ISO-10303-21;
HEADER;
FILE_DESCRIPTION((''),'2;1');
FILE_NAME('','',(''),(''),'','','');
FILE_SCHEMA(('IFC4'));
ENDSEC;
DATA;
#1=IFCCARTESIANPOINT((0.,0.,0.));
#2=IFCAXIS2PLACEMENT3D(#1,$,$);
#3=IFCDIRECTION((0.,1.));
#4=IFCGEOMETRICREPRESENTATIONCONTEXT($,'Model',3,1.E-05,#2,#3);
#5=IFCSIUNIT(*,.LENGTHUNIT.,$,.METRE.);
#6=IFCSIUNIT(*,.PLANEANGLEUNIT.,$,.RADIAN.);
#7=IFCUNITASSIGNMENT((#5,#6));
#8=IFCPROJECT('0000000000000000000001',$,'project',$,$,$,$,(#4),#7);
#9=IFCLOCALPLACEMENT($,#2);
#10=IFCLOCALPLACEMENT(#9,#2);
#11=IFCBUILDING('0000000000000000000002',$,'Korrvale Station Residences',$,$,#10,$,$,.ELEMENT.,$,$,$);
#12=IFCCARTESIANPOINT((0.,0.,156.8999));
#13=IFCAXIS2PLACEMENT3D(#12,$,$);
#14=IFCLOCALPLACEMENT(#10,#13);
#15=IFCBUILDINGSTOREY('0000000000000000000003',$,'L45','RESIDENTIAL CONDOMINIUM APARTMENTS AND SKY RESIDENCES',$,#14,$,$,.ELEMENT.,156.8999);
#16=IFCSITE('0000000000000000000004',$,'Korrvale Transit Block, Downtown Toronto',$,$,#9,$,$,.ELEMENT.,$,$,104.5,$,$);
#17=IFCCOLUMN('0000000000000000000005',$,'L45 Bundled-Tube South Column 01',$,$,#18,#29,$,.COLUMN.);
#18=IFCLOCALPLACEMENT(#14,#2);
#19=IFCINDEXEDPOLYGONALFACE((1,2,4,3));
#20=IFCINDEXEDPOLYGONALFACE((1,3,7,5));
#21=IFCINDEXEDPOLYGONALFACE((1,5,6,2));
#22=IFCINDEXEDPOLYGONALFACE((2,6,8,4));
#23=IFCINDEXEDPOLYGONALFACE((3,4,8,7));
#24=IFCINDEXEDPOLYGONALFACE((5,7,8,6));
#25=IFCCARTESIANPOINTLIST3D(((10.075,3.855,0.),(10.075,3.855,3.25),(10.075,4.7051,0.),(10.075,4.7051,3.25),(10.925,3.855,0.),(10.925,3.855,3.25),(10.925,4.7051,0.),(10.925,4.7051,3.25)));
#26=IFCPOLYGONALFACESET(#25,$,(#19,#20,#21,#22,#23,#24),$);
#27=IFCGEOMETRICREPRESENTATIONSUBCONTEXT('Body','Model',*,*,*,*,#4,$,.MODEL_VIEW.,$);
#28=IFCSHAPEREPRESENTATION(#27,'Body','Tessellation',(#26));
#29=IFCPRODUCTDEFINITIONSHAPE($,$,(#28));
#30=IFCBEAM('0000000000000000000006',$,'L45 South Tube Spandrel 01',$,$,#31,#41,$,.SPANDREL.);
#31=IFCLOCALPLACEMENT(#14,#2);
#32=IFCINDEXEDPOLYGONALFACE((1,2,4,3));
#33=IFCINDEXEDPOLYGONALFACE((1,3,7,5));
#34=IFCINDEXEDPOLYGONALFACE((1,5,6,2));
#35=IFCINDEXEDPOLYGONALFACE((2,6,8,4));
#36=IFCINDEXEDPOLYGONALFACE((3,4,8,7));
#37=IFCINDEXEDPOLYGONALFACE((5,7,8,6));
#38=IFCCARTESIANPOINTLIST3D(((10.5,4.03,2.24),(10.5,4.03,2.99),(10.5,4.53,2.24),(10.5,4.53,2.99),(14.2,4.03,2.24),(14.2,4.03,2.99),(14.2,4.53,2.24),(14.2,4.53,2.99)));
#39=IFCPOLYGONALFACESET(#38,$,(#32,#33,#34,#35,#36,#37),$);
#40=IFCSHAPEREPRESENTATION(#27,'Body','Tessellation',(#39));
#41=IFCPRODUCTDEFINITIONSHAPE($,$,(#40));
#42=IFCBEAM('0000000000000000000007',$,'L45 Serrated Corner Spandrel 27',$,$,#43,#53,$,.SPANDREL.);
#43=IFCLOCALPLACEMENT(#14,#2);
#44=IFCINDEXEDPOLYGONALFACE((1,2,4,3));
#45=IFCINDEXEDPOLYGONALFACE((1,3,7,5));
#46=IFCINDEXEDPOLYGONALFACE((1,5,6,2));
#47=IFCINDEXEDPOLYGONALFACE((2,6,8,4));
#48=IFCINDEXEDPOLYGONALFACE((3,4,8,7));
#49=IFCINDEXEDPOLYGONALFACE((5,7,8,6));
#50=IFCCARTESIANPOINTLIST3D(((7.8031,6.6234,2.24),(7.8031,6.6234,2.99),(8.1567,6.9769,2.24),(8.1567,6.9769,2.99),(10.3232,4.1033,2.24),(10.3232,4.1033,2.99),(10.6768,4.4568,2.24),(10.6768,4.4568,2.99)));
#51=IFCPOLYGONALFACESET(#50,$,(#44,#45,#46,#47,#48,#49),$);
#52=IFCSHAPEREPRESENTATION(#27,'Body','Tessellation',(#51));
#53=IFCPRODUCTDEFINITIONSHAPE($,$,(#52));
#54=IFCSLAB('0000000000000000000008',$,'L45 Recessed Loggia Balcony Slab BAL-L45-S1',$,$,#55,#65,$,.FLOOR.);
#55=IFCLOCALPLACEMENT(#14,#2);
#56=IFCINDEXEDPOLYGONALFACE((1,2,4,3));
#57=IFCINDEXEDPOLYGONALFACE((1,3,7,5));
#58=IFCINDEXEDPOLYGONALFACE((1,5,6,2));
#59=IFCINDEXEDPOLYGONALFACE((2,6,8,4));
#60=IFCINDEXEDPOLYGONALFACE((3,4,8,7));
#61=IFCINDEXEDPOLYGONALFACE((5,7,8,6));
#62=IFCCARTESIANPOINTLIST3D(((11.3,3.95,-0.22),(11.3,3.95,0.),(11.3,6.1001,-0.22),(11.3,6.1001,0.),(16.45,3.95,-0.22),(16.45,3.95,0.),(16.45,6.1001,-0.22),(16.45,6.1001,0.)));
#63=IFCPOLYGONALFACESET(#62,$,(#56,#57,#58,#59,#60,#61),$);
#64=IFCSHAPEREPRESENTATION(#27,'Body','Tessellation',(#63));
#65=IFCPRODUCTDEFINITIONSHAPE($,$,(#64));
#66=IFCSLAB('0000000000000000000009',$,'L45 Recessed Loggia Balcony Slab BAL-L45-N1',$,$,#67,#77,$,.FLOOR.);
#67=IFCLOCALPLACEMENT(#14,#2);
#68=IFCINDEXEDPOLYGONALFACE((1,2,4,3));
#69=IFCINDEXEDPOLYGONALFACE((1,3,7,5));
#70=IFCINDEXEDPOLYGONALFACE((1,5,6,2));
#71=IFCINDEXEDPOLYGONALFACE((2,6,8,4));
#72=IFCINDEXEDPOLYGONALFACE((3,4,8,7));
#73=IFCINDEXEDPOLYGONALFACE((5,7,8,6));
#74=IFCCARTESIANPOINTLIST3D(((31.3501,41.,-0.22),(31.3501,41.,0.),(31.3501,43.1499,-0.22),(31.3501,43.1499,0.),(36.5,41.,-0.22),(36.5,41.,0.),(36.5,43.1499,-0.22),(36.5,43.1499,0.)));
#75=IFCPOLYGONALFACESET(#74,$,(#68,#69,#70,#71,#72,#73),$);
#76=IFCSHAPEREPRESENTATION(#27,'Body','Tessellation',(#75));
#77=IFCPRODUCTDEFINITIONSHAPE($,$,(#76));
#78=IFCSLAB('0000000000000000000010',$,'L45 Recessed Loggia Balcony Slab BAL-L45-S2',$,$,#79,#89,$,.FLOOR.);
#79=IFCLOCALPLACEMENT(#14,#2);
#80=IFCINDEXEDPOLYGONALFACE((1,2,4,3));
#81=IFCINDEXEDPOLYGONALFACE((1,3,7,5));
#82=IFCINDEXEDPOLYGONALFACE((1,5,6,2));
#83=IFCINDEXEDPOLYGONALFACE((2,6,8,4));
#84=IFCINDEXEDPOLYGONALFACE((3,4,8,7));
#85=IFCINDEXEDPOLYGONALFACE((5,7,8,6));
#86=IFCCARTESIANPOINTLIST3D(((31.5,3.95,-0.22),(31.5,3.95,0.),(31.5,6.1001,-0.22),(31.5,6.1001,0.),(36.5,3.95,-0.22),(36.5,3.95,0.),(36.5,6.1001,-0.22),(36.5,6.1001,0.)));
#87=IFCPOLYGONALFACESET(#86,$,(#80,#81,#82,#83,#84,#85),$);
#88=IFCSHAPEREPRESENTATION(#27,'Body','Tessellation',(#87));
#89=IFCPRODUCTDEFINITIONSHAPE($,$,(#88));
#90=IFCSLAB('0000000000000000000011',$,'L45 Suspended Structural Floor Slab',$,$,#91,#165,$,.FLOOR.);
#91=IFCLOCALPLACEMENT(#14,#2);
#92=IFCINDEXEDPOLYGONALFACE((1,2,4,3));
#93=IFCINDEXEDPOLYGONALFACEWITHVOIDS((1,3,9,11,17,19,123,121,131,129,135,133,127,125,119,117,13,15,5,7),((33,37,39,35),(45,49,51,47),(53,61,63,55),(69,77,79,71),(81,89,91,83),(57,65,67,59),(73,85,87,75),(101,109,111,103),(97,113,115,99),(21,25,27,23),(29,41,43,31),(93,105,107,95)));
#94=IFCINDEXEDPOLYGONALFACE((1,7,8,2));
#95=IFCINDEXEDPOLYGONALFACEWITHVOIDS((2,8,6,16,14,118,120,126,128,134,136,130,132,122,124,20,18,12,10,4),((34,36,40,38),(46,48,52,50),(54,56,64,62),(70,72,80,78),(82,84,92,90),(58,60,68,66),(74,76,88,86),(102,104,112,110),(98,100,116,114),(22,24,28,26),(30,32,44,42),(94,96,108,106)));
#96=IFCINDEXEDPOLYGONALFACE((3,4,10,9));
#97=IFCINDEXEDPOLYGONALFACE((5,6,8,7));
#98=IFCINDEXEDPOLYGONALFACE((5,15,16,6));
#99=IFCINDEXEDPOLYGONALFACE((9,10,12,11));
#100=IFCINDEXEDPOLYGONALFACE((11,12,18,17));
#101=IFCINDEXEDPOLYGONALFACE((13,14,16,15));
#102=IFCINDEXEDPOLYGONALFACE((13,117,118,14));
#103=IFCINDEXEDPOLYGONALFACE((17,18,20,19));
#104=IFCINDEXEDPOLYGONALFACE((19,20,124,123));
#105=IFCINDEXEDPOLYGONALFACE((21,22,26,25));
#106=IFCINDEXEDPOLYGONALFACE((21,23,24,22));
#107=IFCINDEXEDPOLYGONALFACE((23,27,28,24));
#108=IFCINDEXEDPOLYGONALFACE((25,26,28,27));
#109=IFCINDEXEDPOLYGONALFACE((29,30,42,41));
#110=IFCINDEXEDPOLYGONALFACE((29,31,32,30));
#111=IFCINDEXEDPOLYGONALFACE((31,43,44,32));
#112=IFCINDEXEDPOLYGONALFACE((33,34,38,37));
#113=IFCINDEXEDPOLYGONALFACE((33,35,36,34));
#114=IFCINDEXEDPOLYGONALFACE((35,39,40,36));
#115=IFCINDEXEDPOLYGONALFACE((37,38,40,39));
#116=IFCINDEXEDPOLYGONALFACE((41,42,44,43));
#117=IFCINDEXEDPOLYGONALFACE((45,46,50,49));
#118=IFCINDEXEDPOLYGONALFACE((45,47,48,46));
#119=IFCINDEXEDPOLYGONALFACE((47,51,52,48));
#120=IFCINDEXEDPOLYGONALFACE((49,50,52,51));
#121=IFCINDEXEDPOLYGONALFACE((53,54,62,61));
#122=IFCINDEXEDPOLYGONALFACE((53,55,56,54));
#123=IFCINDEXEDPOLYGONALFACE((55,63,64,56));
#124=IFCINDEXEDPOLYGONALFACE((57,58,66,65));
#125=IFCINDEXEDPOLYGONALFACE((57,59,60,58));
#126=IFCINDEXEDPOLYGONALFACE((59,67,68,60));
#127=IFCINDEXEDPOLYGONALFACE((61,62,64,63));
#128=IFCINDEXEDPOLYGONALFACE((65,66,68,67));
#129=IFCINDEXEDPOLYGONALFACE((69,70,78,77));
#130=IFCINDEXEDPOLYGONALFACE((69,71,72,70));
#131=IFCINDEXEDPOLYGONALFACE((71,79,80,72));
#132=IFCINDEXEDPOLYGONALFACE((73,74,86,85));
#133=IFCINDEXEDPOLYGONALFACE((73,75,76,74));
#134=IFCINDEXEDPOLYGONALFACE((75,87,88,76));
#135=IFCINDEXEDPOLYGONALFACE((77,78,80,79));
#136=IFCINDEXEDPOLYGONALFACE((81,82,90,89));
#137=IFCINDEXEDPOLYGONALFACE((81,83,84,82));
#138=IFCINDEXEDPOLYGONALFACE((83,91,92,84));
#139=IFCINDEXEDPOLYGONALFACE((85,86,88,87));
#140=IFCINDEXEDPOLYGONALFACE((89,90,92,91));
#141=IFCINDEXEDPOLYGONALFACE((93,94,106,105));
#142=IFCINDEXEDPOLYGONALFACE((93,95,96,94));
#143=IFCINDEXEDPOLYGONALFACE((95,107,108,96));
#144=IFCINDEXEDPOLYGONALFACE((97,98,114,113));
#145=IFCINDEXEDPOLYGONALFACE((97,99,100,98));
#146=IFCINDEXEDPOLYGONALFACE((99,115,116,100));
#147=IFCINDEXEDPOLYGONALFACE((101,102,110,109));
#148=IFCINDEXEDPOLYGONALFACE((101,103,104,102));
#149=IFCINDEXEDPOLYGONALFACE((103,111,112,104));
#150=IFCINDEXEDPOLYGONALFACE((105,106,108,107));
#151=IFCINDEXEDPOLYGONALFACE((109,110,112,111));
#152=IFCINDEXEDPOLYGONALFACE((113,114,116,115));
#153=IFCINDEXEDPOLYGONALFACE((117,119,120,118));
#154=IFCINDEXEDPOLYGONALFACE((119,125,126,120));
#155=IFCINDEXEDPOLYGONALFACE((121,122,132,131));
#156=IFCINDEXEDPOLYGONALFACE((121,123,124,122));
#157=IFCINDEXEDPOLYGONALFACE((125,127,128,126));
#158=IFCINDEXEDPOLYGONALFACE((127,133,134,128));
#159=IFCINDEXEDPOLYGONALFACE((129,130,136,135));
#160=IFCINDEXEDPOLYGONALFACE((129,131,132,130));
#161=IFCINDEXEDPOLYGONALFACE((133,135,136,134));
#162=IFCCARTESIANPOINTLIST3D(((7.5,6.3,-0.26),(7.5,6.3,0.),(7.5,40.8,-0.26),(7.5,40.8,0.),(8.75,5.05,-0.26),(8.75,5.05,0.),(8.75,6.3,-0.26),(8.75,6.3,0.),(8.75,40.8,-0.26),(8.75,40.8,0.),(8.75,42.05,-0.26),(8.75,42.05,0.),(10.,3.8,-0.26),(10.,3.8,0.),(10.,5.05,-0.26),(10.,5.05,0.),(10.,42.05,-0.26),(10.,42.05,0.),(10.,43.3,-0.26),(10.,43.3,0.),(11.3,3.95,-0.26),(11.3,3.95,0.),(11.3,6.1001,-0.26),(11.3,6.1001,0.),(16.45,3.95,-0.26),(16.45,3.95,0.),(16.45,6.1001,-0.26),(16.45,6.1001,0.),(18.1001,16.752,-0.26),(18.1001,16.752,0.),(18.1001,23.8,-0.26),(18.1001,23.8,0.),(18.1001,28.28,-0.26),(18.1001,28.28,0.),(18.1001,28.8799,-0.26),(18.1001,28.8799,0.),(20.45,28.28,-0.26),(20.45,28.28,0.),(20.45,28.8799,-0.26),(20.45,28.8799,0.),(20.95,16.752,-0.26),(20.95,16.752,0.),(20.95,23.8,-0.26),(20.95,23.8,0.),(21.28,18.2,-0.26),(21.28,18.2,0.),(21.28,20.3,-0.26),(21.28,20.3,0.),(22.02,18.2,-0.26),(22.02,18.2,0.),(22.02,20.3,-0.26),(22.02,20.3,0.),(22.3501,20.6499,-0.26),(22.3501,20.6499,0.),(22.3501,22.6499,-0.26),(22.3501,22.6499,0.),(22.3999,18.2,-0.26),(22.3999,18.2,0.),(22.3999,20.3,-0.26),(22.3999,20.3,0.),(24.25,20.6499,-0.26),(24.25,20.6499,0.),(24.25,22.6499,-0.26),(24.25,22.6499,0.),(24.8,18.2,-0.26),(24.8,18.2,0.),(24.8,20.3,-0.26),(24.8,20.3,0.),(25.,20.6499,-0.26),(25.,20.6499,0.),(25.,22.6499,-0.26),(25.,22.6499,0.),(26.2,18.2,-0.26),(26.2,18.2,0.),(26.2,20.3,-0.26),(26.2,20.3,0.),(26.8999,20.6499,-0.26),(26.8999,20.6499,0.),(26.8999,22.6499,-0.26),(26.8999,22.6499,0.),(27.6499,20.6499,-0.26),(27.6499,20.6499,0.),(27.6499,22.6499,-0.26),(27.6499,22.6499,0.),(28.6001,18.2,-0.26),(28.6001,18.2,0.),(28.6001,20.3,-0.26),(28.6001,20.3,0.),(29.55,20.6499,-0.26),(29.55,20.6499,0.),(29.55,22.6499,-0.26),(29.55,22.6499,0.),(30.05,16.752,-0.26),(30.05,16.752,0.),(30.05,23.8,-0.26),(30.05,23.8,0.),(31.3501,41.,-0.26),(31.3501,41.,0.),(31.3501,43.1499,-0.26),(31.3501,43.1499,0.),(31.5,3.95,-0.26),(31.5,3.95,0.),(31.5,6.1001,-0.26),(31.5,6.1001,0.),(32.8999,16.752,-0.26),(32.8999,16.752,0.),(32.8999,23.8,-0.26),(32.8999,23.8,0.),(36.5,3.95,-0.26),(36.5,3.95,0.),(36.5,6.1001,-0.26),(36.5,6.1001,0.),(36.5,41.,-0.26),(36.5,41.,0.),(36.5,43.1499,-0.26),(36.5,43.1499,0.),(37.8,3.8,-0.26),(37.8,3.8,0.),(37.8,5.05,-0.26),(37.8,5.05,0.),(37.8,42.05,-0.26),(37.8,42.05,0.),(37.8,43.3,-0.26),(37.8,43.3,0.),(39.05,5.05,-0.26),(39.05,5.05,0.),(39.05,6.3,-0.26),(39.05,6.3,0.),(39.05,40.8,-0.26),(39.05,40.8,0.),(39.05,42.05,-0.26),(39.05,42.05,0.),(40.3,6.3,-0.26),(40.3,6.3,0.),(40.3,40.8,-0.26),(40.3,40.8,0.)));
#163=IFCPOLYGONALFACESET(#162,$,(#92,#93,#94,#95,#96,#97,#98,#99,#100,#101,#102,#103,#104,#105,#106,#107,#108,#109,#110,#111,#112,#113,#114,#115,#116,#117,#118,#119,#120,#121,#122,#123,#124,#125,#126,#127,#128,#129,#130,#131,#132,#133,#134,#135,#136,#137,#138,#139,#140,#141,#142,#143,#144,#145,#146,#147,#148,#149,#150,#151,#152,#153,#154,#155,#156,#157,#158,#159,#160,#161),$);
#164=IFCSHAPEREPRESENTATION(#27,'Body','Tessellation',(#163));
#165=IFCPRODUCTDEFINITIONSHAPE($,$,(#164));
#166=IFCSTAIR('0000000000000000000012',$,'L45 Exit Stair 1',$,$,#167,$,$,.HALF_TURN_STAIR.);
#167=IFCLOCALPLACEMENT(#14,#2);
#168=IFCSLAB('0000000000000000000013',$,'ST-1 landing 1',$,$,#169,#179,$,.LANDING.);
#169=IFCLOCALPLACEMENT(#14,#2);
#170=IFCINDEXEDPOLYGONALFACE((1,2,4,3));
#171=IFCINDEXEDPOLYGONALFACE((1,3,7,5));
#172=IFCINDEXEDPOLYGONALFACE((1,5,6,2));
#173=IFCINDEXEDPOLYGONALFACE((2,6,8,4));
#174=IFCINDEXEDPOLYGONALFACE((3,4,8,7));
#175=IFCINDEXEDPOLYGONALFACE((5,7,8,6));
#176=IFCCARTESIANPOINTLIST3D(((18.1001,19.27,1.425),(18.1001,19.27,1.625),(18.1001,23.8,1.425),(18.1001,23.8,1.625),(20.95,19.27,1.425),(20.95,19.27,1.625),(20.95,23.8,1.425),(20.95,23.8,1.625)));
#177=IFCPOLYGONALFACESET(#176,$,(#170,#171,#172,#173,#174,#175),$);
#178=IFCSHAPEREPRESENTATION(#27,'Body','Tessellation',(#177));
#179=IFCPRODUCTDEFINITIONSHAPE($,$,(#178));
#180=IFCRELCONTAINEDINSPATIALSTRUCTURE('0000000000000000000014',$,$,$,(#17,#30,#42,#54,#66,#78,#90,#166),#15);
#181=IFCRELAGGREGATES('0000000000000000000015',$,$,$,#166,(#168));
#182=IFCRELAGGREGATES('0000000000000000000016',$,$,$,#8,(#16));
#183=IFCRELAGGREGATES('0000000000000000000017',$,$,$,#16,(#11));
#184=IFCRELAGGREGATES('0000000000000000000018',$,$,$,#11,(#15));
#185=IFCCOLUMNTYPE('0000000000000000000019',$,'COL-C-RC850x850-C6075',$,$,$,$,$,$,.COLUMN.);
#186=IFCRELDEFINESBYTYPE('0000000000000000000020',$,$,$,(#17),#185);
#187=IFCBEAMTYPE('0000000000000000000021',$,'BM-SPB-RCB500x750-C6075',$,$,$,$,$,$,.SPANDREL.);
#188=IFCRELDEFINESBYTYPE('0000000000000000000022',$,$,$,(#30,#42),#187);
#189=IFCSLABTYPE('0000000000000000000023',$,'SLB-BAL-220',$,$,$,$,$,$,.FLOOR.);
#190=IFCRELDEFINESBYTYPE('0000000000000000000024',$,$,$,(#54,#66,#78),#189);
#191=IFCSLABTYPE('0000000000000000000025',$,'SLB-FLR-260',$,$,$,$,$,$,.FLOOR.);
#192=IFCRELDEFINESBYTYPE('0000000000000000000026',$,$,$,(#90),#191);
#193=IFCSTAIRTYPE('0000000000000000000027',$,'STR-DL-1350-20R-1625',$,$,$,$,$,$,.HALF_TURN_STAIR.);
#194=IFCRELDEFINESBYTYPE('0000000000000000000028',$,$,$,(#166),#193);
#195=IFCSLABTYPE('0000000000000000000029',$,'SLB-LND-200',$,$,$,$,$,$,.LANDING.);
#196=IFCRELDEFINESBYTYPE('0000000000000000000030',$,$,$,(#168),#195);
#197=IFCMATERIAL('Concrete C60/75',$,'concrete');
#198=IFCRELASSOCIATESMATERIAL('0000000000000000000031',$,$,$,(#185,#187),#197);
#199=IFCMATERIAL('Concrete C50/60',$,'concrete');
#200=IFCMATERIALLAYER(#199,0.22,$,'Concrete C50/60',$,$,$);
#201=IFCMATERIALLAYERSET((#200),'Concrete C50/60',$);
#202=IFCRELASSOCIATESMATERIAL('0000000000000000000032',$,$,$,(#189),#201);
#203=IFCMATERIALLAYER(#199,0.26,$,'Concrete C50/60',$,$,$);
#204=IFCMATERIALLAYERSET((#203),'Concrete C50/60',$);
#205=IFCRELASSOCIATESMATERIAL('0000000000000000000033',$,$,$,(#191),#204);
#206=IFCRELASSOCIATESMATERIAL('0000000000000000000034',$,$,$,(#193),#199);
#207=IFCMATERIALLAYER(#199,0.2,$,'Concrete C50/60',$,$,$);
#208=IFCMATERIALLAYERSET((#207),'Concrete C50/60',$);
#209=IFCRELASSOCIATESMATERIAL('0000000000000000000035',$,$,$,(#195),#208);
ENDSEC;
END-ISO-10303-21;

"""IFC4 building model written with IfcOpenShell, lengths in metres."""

from ifc_helpers import new_model, si_unit, direction, frame, origin, origin_2d, place, context, subcontext, project, spatial, polyline, rectangle, outline, extrude, material, layer, layer_set, material_profile, profile_set, type_object, element, aggregate, save


model = new_model("IFC4")

# Units and contexts
model_context = context("Model", 3, precision=1e-05, world=origin(), true_north=direction((0.0, 1.0)))
body_context = subcontext(model_context, "Body", "Model", "MODEL_VIEW")
ifc_project = project(units=[si_unit("LENGTHUNIT", "METRE"), si_unit("PLANEANGLEUNIT", "RADIAN")], contexts=[model_context])

# Site, building, storey
site_placement = place(None, origin())
site = spatial("IfcSite", under=ifc_project, at=site_placement, Name="Korrvale Transit Block, Downtown Toronto", CompositionType="ELEMENT", RefElevation=104.5)
building_placement = place(site_placement, origin())
building = spatial("IfcBuilding", under=site, at=building_placement, Name="Korrvale Station Residences", CompositionType="ELEMENT")
storey_placement = place(building_placement, frame((0.0, 0.0, 156.8999)))
storey = spatial("IfcBuildingStorey", under=building, at=storey_placement, Name="L45", Description="RESIDENTIAL CONDOMINIUM APARTMENTS AND SKY RESIDENCES", CompositionType="ELEMENT", Elevation=156.8999)

# Column
ifc_material_1 = material(Name="Concrete C60/75", Category="concrete")
ifc_material_profile_1 = material_profile(ifc_material_1, rectangle(XDim=0.8501, YDim=0.8501, at=origin_2d()), Name="RC850x850")
ifc_profile_set_1 = profile_set([ifc_material_profile_1], Name="Concrete C60/75")
column_type = type_object("IfcColumnType", Name="COL-C-RC850x850-C6075", PredefinedType="COLUMN", material=ifc_profile_set_1)
column_placement = place(storey_placement, frame((10.5, 4.28, 0.0), z_axis=(0.0, 0.0, 1.0), x_axis=(1.0, 0.0, 0.0)))
element("IfcColumn", 1, at=column_placement, inside=storey, type_object=column_type, Name="L45 Bundled-Tube South Column 01", PredefinedType="COLUMN", context=body_context, shape_type="SweptSolid", body=[
    extrude(rectangle(XDim=0.8501, YDim=0.8501, at=origin_2d()), origin(), (0.0, 0.0, 1.0), 3.25),
])

# Beams
ifc_material_profile_2 = material_profile(ifc_material_1, rectangle(XDim=0.5, YDim=0.75, at=origin_2d()), Name="RCB500x750")
ifc_profile_set_2 = profile_set([ifc_material_profile_2], Name="Concrete C60/75")
beam_type = type_object("IfcBeamType", Name="BM-SPB-RCB500x750-C6075", PredefinedType="SPANDREL", material=ifc_profile_set_2)
beam_1_placement = place(storey_placement, frame((10.5, 4.28, 2.615), z_axis=(1.0, 0.0, 0.0), x_axis=(0.0, 1.0, 0.0)))
element("IfcBeam", 2, at=beam_1_placement, inside=storey, type_object=beam_type, Name="L45 South Tube Spandrel 01", PredefinedType="SPANDREL", context=body_context, shape_type="SweptSolid", body=[
    extrude(rectangle(XDim=0.5, YDim=0.75, at=origin_2d()), origin(), (0.0, 0.0, 1.0), 3.7),
])
beam_2_placement = place(storey_placement, frame((10.5, 4.28, 2.615), z_axis=(-0.707107, 0.707107, 0.0), x_axis=(-0.707107, -0.707107, 0.0)))
element("IfcBeam", 3, at=beam_2_placement, inside=storey, type_object=beam_type, Name="L45 Serrated Corner Spandrel 27", PredefinedType="SPANDREL", context=body_context, shape_type="SweptSolid", body=[
    extrude(rectangle(XDim=0.5, YDim=0.75, at=origin_2d()), origin(), (0.0, 0.0, 1.0), 3.564),
])

# Slabs
ifc_material_2 = material(Name="Concrete C50/60", Category="concrete")
ifc_layer_1 = layer(ifc_material_2, 0.22, Name="Concrete C50/60")
ifc_layer_set_1 = layer_set([ifc_layer_1], Name="Concrete C50/60")
slab_type_1 = type_object("IfcSlabType", Name="SLB-BAL-220", PredefinedType="FLOOR", material=ifc_layer_set_1)
slab_1_placement = place(storey_placement, frame((0.0, 0.0, -0.22)))
element("IfcSlab", 4, at=slab_1_placement, inside=storey, type_object=slab_type_1, Name="L45 Recessed Loggia Balcony Slab BAL-L45-S1", PredefinedType="FLOOR", context=body_context, shape_type="SweptSolid", body=[
    extrude(outline(polyline([(11.3, 3.95), (16.45, 3.95), (16.45, 6.1001), (11.3, 6.1001), (11.3, 3.95)])), origin(), (0.0, 0.0, 1.0), 0.22),
])
slab_2_placement = place(storey_placement, frame((0.0, 0.0, -0.22)))
element("IfcSlab", 5, at=slab_2_placement, inside=storey, type_object=slab_type_1, Name="L45 Recessed Loggia Balcony Slab BAL-L45-N1", PredefinedType="FLOOR", context=body_context, shape_type="SweptSolid", body=[
    extrude(outline(polyline([(31.3501, 41.0), (36.5, 41.0), (36.5, 43.1499), (31.3501, 43.1499), (31.3501, 41.0)])), origin(), (0.0, 0.0, 1.0), 0.22),
])
slab_3_placement = place(storey_placement, frame((0.0, 0.0, -0.22)))
element("IfcSlab", 6, at=slab_3_placement, inside=storey, type_object=slab_type_1, Name="L45 Recessed Loggia Balcony Slab BAL-L45-S2", PredefinedType="FLOOR", context=body_context, shape_type="SweptSolid", body=[
    extrude(outline(polyline([(31.5, 3.95), (36.5, 3.95), (36.5, 6.1001), (31.5, 6.1001), (31.5, 3.95)])), origin(), (0.0, 0.0, 1.0), 0.22),
])
ifc_layer_2 = layer(ifc_material_2, 0.26, Name="Concrete C50/60")
ifc_layer_set_2 = layer_set([ifc_layer_2], Name="Concrete C50/60")
slab_type_2 = type_object("IfcSlabType", Name="SLB-FLR-260", PredefinedType="FLOOR", material=ifc_layer_set_2)
slab_4_placement = place(storey_placement, frame((0.0, 0.0, -0.26)))
element("IfcSlab", 7, at=slab_4_placement, inside=storey, type_object=slab_type_2, Name="L45 Suspended Structural Floor Slab", PredefinedType="FLOOR", context=body_context, shape_type="SweptSolid", body=[
    extrude(outline(polyline([(10.0, 3.8), (37.8, 3.8), (37.8, 5.05), (39.05, 5.05), (39.05, 6.3), (40.3, 6.3), (40.3, 40.8), (39.05, 40.8), (39.05, 42.05), (37.8, 42.05), (37.8, 43.3), (10.0, 43.3), (10.0, 42.05), (8.75, 42.05), (8.75, 40.8), (7.5, 40.8), (7.5, 6.3), (8.75, 6.3), (8.75, 5.05), (10.0, 5.05), (10.0, 3.8)]), holes=[polyline([(20.95, 16.752), (20.95, 23.8), (18.1001, 23.8), (18.1001, 16.752), (20.95, 16.752)]), polyline([(32.8999, 16.752), (32.8999, 23.8), (30.05, 23.8), (30.05, 16.752), (32.8999, 16.752)]), polyline([(22.3501, 20.6499), (24.25, 20.6499), (24.25, 22.6499), (22.3501, 22.6499), (22.3501, 20.6499)]), polyline([(25.0, 20.6499), (26.8999, 20.6499), (26.8999, 22.6499), (25.0, 22.6499), (25.0, 20.6499)]), polyline([(27.6499, 20.6499), (29.55, 20.6499), (29.55, 22.6499), (27.6499, 22.6499), (27.6499, 20.6499)]), polyline([(22.3999, 18.2), (24.8, 18.2), (24.8, 20.3), (22.3999, 20.3), (22.3999, 18.2)]), polyline([(26.2, 18.2), (28.6001, 18.2), (28.6001, 20.3), (26.2, 20.3), (26.2, 18.2)]), polyline([(18.1001, 28.28), (20.45, 28.28), (20.45, 28.8799), (18.1001, 28.8799), (18.1001, 28.28)]), polyline([(21.28, 18.2), (22.02, 18.2), (22.02, 20.3), (21.28, 20.3), (21.28, 18.2)]), polyline([(11.3, 3.95), (16.45, 3.95), (16.45, 6.1001), (11.3, 6.1001), (11.3, 3.95)]), polyline([(31.3501, 41.0), (36.5, 41.0), (36.5, 43.1499), (31.3501, 43.1499), (31.3501, 41.0)]), polyline([(31.5, 3.95), (36.5, 3.95), (36.5, 6.1001), (31.5, 6.1001), (31.5, 3.95)])]), origin(), (0.0, 0.0, 1.0), 0.26),
])

# Stair, slab
stair_type = type_object("IfcStairType", Name="STR-DL-1350-20R-1625", PredefinedType="HALF_TURN_STAIR", material=ifc_material_2)
stair_1_placement = place(storey_placement, origin())
stair_1 = element("IfcStair", 8, at=stair_1_placement, inside=storey, type_object=stair_type, Name="L45 Exit Stair 1", PredefinedType="HALF_TURN_STAIR")
ifc_layer_3 = layer(ifc_material_2, 0.2, Name="Concrete C50/60")
ifc_layer_set_3 = layer_set([ifc_layer_3], Name="Concrete C50/60")
slab_type_3 = type_object("IfcSlabType", Name="SLB-LND-200", PredefinedType="LANDING", material=ifc_layer_set_3)
slab_5_placement = place(storey_placement, frame((0.0, 0.0, 1.425)))
slab_5 = element("IfcSlab", 9, at=slab_5_placement, type_object=slab_type_3, Name="ST-1 landing 1", PredefinedType="LANDING", context=body_context, shape_type="SweptSolid", body=[
    extrude(outline(polyline([(20.95, 19.27), (20.95, 23.8), (18.1001, 23.8), (18.1001, 19.27), (20.95, 19.27)])), origin(), (0.0, 0.0, 1.0), 0.2),
])
aggregate(stair_1, [slab_5])

save(model, "model.ifc")
